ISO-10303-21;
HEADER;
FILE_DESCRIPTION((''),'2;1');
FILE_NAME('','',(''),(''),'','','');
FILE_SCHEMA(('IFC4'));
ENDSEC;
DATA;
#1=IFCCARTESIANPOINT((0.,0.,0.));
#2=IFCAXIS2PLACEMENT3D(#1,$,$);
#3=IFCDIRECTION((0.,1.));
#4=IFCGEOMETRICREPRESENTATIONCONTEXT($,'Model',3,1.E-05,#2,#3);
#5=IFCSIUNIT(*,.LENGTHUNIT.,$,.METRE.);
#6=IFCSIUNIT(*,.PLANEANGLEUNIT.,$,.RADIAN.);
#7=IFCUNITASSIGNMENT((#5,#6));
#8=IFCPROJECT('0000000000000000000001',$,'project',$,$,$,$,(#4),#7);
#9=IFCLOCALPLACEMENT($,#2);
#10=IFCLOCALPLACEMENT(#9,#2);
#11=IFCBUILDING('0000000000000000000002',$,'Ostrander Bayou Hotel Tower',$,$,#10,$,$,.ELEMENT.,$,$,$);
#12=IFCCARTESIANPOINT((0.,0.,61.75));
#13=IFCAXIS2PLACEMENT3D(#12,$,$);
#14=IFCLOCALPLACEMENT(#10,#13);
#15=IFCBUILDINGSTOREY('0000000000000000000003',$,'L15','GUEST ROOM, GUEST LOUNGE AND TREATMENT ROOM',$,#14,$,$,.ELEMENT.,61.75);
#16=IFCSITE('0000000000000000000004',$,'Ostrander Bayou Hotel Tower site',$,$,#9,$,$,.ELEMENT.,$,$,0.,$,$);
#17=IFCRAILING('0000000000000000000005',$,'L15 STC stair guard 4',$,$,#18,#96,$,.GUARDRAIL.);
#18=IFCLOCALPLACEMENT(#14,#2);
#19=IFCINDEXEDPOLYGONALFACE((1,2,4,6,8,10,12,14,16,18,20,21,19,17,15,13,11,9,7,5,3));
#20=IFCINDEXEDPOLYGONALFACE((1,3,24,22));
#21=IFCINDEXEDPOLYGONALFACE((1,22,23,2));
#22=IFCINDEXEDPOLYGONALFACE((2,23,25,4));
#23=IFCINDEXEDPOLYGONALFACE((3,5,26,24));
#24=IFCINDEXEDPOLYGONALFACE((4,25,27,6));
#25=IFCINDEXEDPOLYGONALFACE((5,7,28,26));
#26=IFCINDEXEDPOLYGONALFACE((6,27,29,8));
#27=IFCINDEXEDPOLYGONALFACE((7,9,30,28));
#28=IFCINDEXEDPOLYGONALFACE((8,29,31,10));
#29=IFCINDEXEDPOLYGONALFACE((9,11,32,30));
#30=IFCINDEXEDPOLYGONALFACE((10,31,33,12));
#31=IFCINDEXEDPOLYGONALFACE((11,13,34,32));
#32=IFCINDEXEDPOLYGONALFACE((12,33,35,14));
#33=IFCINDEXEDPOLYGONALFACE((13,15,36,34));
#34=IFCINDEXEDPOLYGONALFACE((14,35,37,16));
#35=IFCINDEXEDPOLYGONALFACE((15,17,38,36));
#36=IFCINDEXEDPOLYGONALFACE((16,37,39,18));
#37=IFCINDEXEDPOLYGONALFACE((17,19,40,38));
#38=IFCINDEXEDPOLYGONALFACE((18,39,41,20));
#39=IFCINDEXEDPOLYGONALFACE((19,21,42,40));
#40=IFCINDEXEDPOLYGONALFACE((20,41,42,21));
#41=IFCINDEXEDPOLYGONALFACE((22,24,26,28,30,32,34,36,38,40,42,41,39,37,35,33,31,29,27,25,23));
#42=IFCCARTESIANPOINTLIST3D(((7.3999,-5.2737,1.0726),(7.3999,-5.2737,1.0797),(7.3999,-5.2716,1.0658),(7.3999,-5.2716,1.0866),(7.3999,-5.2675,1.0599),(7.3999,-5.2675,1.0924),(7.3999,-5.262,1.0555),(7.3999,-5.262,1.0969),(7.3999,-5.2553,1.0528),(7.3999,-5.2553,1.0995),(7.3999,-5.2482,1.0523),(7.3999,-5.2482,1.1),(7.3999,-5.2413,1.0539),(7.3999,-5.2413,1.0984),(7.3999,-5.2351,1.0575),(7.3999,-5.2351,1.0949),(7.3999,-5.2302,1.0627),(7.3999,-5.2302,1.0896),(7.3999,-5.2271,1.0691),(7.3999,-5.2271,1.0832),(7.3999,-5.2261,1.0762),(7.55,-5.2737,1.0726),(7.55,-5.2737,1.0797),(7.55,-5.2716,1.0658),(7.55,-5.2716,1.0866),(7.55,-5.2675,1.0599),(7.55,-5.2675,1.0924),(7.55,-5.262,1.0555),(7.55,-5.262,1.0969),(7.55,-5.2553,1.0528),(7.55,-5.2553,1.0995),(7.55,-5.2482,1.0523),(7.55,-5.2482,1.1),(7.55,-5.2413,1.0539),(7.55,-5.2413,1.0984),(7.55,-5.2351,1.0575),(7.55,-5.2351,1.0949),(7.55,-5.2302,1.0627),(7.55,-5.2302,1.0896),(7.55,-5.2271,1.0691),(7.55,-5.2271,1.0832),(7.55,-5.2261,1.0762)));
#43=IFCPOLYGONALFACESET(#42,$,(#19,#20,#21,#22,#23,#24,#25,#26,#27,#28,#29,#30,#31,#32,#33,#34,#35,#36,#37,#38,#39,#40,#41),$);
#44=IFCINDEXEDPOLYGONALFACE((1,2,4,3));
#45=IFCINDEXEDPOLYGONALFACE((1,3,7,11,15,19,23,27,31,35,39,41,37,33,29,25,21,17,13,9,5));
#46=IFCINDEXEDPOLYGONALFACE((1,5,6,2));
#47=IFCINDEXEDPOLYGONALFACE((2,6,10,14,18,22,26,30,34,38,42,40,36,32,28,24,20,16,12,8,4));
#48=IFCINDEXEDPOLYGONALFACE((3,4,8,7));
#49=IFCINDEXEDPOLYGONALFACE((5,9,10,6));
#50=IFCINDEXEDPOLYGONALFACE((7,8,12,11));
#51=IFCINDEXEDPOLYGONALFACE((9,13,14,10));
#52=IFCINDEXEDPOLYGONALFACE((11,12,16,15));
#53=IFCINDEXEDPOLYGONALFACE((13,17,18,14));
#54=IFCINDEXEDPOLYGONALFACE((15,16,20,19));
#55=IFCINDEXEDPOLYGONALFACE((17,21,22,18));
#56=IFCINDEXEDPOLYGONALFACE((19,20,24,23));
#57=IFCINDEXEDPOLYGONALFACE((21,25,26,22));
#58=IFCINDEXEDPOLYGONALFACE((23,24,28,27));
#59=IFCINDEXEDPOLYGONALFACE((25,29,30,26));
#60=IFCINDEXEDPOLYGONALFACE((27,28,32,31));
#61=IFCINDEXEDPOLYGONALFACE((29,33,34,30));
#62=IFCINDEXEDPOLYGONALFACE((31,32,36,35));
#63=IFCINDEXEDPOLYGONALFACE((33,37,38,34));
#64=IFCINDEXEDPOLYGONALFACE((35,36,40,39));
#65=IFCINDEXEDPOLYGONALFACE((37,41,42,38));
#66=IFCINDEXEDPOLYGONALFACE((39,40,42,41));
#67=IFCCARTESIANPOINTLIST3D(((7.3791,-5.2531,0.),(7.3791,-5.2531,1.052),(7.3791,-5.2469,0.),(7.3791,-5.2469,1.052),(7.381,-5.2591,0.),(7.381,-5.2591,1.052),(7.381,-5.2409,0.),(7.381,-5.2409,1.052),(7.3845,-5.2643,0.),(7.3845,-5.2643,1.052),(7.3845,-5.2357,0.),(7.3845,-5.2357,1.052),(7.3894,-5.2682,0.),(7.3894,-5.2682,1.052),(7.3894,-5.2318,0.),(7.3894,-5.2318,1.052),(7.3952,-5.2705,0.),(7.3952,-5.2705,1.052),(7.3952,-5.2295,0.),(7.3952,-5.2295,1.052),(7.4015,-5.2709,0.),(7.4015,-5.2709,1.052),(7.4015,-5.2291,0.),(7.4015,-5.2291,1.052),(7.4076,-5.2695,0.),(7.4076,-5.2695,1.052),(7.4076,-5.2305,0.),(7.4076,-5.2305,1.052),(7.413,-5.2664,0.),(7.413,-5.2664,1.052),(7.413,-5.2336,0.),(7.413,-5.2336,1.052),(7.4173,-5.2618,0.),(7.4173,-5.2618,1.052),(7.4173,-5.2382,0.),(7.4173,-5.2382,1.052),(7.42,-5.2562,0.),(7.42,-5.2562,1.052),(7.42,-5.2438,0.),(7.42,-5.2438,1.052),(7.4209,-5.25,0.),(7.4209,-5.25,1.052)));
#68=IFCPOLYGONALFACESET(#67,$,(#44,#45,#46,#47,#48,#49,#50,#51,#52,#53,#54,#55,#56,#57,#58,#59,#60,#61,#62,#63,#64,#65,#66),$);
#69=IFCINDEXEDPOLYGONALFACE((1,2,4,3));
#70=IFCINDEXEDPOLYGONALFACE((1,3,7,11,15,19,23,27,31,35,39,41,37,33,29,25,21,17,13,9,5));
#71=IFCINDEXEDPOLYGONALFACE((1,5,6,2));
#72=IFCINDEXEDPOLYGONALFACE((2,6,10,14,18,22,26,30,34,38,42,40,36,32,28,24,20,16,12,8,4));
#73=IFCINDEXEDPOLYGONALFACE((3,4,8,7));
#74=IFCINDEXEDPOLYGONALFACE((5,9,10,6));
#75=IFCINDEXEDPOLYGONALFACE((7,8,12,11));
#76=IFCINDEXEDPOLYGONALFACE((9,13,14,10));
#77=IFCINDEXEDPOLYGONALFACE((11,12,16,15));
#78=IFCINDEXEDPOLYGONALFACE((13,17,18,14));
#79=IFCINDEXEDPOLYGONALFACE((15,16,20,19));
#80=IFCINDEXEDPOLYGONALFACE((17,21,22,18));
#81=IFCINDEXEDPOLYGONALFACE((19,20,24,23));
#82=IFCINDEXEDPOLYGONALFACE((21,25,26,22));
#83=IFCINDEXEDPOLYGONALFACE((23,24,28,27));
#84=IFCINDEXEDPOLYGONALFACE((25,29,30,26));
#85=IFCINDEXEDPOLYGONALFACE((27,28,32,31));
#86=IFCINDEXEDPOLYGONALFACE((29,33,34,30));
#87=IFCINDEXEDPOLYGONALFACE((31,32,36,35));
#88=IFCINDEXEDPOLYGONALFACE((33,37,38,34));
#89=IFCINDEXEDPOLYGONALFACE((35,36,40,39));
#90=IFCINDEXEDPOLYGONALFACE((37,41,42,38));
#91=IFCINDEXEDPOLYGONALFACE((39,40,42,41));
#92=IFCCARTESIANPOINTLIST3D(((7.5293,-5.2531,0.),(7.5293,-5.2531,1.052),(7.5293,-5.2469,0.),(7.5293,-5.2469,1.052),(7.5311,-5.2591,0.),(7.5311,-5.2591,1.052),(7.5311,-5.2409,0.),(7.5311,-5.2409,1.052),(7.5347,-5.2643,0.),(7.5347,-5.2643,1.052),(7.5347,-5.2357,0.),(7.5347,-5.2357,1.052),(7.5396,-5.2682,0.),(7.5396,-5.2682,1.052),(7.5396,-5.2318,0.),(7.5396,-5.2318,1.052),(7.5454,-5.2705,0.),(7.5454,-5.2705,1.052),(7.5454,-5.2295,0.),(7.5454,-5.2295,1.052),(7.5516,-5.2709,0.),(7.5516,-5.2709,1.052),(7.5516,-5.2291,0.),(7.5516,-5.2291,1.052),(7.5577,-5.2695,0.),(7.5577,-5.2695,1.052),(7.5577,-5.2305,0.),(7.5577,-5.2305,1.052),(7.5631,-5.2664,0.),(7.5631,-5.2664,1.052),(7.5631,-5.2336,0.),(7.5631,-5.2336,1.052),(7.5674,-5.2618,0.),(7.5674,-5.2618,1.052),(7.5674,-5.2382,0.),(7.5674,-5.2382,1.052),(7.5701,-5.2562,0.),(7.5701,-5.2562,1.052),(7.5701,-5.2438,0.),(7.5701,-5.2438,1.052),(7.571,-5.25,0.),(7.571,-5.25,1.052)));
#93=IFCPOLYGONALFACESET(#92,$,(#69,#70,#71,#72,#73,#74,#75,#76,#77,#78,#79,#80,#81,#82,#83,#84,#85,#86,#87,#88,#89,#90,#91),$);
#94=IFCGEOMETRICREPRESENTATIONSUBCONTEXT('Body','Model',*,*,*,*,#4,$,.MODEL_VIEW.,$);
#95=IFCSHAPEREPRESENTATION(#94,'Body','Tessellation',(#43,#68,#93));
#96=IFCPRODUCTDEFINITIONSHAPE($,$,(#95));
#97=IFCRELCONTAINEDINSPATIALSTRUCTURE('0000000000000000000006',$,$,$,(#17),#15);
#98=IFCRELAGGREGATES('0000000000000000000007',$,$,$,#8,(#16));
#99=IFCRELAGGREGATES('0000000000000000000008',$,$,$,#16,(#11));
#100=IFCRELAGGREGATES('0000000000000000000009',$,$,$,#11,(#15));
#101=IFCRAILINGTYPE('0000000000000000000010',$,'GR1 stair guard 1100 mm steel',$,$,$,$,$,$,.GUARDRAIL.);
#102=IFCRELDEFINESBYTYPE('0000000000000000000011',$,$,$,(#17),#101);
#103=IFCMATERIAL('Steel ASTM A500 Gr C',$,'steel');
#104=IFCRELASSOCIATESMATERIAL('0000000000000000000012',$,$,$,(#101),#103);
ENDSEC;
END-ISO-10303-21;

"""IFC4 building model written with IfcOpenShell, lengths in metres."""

from ifc_helpers import new_model, si_unit, direction, frame, origin, origin_2d, place, context, subcontext, project, spatial, circle, extrude, material, type_object, element, save


model = new_model("IFC4")

# Units and contexts
model_context = context("Model", 3, precision=1e-05, world=origin(), true_north=direction((0.0, 1.0)))
body_context = subcontext(model_context, "Body", "Model", "MODEL_VIEW")
ifc_project = project(units=[si_unit("LENGTHUNIT", "METRE"), si_unit("PLANEANGLEUNIT", "RADIAN")], contexts=[model_context])

# Site, building, storey
site_placement = place(None, origin())
site = spatial("IfcSite", under=ifc_project, at=site_placement, Name="Ostrander Bayou Hotel Tower site", CompositionType="ELEMENT", RefElevation=0.0)
building_placement = place(site_placement, origin())
building = spatial("IfcBuilding", under=site, at=building_placement, Name="Ostrander Bayou Hotel Tower", CompositionType="ELEMENT")
storey_placement = place(building_placement, frame((0.0, 0.0, 61.75)))
storey = spatial("IfcBuildingStorey", under=building, at=storey_placement, Name="L15", Description="GUEST ROOM, GUEST LOUNGE AND TREATMENT ROOM", CompositionType="ELEMENT", Elevation=61.75)

# Railing
ifc_material_1 = material(Name="Steel ASTM A500 Gr C", Category="steel")
railing_type_1 = type_object("IfcRailingType", Name="GR1 stair guard 1100 mm steel", PredefinedType="GUARDRAIL", material=ifc_material_1)
railing_1_placement = place(storey_placement, frame((7.3999, -5.25, 0.0)))
element("IfcRailing", 1, at=railing_1_placement, inside=storey, type_object=railing_type_1, Name="L15 STC stair guard 4", PredefinedType="GUARDRAIL", context=body_context, shape_type="SweptSolid", body=[
    extrude(circle(Radius=0.0239, at=origin_2d()), frame((0.0, 0.0, 1.0762), z_axis=(1.0, 0.0, 0.0), x_axis=(0.0, 1.0, 0.0)), (0.0, 0.0, 1.0), 0.1501),
    extrude(circle(Radius=0.021, at=origin_2d()), origin(), (0.0, 0.0, 1.0), 1.052),
    extrude(circle(Radius=0.021, at=origin_2d()), frame((0.1501, 0.0, 0.0)), (0.0, 0.0, 1.0), 1.052),
])

save(model, "model.ifc")
